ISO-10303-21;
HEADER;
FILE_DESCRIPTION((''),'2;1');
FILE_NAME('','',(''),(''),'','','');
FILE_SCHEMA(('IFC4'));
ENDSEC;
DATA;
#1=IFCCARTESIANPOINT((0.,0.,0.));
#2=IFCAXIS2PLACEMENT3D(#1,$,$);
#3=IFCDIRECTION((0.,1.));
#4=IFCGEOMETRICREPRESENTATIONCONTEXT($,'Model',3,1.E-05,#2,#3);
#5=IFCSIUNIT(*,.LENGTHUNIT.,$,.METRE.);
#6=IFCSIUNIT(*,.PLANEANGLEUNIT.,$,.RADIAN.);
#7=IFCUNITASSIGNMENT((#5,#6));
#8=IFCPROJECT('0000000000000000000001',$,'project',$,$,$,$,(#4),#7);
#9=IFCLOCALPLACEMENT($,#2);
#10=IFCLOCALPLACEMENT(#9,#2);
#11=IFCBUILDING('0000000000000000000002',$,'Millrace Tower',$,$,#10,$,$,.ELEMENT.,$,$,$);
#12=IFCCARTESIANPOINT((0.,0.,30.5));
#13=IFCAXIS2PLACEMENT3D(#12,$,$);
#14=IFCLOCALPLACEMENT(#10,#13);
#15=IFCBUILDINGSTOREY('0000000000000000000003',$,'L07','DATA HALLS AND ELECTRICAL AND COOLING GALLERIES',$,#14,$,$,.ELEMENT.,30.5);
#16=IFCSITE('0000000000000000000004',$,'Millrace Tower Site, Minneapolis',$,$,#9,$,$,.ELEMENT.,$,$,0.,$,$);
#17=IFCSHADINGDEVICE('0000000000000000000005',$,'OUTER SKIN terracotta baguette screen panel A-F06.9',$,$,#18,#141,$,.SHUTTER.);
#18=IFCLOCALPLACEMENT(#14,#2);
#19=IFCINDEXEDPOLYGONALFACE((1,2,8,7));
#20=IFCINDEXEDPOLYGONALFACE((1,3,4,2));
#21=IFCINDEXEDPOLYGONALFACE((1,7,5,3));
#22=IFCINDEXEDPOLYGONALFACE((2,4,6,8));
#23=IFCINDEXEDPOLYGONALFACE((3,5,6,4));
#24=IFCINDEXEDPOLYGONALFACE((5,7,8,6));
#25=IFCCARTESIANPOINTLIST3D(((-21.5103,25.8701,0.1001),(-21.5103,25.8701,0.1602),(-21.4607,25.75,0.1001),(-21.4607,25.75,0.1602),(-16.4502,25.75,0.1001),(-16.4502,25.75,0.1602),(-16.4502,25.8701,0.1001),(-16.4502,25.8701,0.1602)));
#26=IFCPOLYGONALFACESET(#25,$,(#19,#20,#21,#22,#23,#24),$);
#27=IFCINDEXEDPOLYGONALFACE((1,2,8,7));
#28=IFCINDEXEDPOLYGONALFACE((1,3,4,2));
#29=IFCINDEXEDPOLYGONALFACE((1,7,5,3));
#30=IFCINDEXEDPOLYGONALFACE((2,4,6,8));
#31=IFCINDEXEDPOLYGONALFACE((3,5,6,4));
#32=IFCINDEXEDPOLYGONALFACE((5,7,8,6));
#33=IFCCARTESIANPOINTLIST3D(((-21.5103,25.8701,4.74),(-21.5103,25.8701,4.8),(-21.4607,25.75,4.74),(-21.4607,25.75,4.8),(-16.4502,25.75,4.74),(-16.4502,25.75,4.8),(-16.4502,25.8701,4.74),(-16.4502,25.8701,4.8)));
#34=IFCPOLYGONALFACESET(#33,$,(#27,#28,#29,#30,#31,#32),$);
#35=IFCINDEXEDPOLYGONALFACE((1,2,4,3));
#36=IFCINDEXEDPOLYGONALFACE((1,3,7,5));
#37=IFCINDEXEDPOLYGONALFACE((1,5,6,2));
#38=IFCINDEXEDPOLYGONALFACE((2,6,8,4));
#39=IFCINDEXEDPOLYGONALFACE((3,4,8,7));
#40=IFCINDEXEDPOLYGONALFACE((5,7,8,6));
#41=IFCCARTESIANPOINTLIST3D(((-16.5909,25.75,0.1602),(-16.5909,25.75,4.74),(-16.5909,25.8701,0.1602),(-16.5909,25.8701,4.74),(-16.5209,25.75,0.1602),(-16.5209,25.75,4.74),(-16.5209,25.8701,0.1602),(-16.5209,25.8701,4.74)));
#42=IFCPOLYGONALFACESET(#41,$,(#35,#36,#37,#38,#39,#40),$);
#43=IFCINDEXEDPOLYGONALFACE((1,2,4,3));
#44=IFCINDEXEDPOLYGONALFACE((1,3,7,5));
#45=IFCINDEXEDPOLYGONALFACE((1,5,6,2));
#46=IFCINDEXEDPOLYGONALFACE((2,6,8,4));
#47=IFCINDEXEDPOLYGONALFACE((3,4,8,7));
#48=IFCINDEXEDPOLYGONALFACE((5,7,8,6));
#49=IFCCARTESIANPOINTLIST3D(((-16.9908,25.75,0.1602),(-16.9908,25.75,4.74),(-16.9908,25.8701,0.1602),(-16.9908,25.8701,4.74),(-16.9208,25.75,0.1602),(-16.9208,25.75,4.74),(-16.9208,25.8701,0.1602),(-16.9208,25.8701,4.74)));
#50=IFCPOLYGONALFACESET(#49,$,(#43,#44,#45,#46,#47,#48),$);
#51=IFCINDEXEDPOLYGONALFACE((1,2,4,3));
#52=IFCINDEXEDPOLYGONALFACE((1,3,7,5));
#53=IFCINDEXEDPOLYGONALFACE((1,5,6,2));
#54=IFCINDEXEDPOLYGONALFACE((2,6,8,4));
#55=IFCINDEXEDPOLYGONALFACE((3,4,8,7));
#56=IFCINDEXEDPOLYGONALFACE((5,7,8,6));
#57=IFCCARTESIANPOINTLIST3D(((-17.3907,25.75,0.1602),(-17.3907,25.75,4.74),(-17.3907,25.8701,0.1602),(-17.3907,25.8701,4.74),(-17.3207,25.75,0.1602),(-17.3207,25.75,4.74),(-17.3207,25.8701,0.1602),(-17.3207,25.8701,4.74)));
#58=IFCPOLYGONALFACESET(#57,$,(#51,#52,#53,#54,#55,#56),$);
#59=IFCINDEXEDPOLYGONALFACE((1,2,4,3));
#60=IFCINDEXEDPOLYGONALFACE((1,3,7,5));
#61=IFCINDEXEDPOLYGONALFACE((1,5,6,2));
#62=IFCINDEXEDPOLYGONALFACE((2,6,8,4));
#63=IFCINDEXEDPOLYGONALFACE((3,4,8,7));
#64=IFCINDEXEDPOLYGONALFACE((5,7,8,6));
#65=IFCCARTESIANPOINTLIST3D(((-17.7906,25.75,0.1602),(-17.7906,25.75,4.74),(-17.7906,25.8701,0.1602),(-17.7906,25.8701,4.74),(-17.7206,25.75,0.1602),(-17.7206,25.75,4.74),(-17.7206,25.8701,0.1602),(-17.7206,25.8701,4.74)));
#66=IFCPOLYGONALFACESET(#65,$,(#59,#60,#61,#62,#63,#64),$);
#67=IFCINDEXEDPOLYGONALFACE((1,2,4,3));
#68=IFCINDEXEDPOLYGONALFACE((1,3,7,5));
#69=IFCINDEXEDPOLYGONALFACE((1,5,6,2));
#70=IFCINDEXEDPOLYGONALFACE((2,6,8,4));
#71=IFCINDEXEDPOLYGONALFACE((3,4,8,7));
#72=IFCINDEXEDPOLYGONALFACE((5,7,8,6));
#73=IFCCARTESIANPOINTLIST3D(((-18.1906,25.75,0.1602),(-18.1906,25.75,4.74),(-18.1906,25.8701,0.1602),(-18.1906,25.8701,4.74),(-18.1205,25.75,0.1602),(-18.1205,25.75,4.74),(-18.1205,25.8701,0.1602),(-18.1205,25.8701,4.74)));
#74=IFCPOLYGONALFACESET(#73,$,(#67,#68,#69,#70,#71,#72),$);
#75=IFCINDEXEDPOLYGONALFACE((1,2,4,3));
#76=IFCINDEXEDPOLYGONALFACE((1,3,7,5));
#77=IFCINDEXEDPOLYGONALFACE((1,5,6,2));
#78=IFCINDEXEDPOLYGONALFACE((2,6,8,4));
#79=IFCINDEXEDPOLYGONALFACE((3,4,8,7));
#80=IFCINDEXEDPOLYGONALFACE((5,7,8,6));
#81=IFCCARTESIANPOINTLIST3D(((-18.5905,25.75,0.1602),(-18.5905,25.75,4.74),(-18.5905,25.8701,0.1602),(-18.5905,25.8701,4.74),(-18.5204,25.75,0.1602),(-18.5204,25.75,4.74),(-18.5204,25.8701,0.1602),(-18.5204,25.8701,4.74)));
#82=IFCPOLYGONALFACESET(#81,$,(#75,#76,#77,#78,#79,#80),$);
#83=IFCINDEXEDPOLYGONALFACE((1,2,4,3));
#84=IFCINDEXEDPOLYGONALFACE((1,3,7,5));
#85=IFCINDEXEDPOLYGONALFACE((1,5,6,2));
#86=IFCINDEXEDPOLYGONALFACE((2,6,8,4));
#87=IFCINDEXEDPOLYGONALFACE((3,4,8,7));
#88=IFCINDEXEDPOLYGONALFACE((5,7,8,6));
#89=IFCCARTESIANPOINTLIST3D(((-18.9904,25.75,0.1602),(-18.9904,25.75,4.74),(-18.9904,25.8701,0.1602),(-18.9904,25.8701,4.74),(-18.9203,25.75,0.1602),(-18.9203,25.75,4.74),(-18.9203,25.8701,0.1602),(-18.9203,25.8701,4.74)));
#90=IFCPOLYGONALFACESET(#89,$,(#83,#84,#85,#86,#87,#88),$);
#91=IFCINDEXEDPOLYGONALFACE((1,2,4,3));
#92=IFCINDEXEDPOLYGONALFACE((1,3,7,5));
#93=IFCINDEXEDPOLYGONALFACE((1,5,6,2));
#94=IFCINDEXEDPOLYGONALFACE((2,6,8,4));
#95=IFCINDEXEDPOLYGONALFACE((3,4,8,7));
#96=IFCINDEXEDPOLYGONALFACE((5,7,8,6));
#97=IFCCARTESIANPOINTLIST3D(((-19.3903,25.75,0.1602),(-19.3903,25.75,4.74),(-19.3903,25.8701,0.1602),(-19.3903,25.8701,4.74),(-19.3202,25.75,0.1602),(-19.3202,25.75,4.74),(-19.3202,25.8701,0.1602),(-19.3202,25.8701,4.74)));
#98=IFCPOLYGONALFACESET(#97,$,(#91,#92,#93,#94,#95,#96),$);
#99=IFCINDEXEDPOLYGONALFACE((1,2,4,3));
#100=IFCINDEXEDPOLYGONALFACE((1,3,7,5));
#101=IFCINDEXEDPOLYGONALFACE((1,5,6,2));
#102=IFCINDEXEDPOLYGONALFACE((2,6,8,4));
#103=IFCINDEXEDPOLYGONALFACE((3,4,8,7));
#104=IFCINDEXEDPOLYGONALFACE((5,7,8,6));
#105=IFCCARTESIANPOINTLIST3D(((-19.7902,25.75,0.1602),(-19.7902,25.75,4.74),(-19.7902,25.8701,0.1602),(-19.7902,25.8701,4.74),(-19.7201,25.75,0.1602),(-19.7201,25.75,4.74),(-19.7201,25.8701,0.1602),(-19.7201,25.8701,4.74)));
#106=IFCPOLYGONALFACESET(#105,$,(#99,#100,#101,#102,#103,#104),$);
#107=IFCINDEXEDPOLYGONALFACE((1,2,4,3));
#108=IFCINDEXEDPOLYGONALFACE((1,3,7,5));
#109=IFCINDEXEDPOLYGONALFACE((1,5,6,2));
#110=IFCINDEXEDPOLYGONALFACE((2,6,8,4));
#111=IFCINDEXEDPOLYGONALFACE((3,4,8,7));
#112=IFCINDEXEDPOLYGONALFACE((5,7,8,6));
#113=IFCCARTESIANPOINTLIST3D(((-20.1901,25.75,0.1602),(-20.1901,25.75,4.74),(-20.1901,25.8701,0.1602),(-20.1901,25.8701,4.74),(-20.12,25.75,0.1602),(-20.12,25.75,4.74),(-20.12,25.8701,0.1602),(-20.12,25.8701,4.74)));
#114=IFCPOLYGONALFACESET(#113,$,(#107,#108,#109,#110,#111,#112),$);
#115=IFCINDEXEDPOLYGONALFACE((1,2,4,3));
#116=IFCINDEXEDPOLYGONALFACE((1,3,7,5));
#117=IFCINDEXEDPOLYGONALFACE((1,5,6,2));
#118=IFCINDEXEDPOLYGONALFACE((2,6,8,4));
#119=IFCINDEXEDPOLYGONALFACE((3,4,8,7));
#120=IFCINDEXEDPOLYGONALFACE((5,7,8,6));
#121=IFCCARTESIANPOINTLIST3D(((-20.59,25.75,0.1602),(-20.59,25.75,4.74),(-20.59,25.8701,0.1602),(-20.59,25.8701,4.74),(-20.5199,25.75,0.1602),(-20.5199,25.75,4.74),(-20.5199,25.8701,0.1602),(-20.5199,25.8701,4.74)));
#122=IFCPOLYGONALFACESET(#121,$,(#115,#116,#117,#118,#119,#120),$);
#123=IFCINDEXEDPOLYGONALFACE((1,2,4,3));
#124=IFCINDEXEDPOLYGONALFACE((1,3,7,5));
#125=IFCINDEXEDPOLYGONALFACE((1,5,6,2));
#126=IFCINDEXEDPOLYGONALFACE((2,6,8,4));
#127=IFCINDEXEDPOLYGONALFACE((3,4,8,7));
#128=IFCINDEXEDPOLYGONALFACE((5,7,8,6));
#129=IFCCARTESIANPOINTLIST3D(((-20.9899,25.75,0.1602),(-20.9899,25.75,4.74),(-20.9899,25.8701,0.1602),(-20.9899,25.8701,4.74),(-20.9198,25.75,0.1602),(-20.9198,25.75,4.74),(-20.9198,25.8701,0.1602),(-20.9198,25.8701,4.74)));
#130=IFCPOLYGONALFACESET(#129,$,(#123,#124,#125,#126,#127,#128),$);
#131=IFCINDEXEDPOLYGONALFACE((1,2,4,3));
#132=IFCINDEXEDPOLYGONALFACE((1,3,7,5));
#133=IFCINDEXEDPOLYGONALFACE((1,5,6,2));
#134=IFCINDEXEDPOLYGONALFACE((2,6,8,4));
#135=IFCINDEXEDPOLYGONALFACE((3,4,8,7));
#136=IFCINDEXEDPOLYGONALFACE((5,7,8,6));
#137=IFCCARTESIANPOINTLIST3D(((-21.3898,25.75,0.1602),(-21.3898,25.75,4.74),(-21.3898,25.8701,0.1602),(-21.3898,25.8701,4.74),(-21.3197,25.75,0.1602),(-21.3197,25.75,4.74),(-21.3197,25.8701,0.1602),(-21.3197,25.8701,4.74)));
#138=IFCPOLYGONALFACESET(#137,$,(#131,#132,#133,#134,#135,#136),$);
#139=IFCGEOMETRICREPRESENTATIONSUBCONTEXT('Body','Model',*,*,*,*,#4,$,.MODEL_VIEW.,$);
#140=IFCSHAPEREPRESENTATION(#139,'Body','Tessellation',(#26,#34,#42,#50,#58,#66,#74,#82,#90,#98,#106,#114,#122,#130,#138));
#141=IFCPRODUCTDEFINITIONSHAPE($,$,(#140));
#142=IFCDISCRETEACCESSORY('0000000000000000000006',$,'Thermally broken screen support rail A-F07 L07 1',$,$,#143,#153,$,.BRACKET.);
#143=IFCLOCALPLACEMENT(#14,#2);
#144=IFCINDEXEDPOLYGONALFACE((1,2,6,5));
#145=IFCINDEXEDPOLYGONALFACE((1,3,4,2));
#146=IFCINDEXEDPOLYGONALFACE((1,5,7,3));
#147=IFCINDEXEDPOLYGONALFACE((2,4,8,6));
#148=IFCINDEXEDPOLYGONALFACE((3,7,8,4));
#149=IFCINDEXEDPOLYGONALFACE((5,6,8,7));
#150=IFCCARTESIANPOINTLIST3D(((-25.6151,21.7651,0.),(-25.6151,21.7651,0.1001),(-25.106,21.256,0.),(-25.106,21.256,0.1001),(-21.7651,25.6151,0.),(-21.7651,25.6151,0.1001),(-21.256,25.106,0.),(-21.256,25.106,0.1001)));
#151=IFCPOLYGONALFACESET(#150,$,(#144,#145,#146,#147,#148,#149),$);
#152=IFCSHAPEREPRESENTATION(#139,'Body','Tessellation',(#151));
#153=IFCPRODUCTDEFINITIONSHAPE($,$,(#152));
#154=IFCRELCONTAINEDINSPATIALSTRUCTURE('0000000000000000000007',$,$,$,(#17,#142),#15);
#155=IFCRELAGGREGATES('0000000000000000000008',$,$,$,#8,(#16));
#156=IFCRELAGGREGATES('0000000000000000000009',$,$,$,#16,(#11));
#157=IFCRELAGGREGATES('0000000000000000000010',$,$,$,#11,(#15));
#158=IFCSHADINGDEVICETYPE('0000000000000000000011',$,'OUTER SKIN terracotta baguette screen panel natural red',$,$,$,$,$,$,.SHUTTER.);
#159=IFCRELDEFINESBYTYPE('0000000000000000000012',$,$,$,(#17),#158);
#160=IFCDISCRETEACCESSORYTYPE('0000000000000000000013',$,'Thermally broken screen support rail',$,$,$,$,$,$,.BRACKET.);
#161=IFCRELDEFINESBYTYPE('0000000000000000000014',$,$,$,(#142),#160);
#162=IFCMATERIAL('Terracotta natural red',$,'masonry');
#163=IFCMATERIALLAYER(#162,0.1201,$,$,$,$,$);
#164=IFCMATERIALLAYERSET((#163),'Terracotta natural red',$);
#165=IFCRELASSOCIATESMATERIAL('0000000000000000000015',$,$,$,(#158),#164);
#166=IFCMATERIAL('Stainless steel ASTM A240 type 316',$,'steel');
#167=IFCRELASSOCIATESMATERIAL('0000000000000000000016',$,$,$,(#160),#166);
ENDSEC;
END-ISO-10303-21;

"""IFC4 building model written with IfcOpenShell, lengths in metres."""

from ifc_helpers import new_model, entity, si_unit, direction, frame, frame_2d, origin, origin_2d, place, context, subcontext, project, spatial, rectangle, extrude, source, transform, mapped, material, layer, layer_set, type_object, element, save


model = new_model("IFC4")

# Units and contexts
model_context = context("Model", 3, precision=1e-05, world=origin(), true_north=direction((0.0, 1.0)))
body_context = subcontext(model_context, "Body", "Model", "MODEL_VIEW")
ifc_project = project(units=[si_unit("LENGTHUNIT", "METRE"), si_unit("PLANEANGLEUNIT", "RADIAN")], contexts=[model_context])

# Site, building, storey
site_placement = place(None, origin())
site = spatial("IfcSite", under=ifc_project, at=site_placement, Name="Millrace Tower Site, Minneapolis", CompositionType="ELEMENT", RefElevation=0.0)
building_placement = place(site_placement, origin())
building = spatial("IfcBuilding", under=site, at=building_placement, Name="Millrace Tower", CompositionType="ELEMENT")
storey_placement = place(building_placement, frame((0.0, 0.0, 30.5)))
storey = spatial("IfcBuildingStorey", under=building, at=storey_placement, Name="L07", Description="DATA HALLS AND ELECTRICAL AND COOLING GALLERIES", CompositionType="ELEMENT", Elevation=30.5)

# Shading device
ifc_material_1 = material(Name="Terracotta natural red", Category="masonry")
ifc_layer_1 = layer(ifc_material_1, 0.1201)
ifc_layer_set_1 = layer_set([ifc_layer_1], Name="Terracotta natural red")
shading_device_type_1 = type_object("IfcShadingDeviceType", Name="OUTER SKIN terracotta baguette screen panel natural red", PredefinedType="SHUTTER", material=ifc_layer_set_1)
cartesian_point_1 = entity("IfcCartesianPoint", [-2.5176, 0.0601])
shared_polyline_1 = entity("IfcPolyline", [cartesian_point_1, entity("IfcCartesianPoint", [2.4929, 0.0601]), entity("IfcCartesianPoint", [2.5425, -0.0601]), entity("IfcCartesianPoint", [-2.5176, -0.0601]), cartesian_point_1])
shared_shape_1 = source(origin(), body_context, "Body", "SweptSolid", [
    entity("IfcExtrudedAreaSolid", entity("IfcArbitraryClosedProfileDef", "AREA", None, shared_polyline_1), entity("IfcAxis2Placement3D", entity("IfcCartesianPoint", [0.0, 0.0, 0.0])), entity("IfcDirection", [0.0, 0.0, 1.0]), 0.0601),
    entity("IfcExtrudedAreaSolid", entity("IfcArbitraryClosedProfileDef", "AREA", None, shared_polyline_1), entity("IfcAxis2Placement3D", entity("IfcCartesianPoint", [0.0, 0.0, 4.6399])), entity("IfcDirection", [0.0, 0.0, 1.0]), 0.0601),
    extrude(rectangle(XDim=0.0701, YDim=0.1201, at=frame_2d((-2.4119, 0.0))), frame((0.0, 0.0, 0.0601)), (0.0, 0.0, 1.0), 4.5798),
    extrude(rectangle(XDim=0.0701, YDim=0.1201, at=frame_2d((-2.012, 0.0))), frame((0.0, 0.0, 0.0601)), (0.0, 0.0, 1.0), 4.5798),
    extrude(rectangle(XDim=0.0701, YDim=0.1201, at=frame_2d((-1.6121, 0.0))), frame((0.0, 0.0, 0.0601)), (0.0, 0.0, 1.0), 4.5798),
    extrude(rectangle(XDim=0.0701, YDim=0.1201, at=frame_2d((-1.2122, 0.0))), frame((0.0, 0.0, 0.0601)), (0.0, 0.0, 1.0), 4.5798),
    extrude(rectangle(XDim=0.0701, YDim=0.1201, at=frame_2d((-0.8123, 0.0))), frame((0.0, 0.0, 0.0601)), (0.0, 0.0, 1.0), 4.5798),
    extrude(rectangle(XDim=0.0701, YDim=0.1201, at=frame_2d((-0.4124, 0.0))), frame((0.0, 0.0, 0.0601)), (0.0, 0.0, 1.0), 4.5798),
    extrude(rectangle(XDim=0.0701, YDim=0.1201, at=frame_2d((-0.0125, 0.0))), frame((0.0, 0.0, 0.0601)), (0.0, 0.0, 1.0), 4.5798),
    extrude(rectangle(XDim=0.0701, YDim=0.1201, at=frame_2d((0.3875, 0.0))), frame((0.0, 0.0, 0.0601)), (0.0, 0.0, 1.0), 4.5798),
    extrude(rectangle(XDim=0.0701, YDim=0.1201, at=frame_2d((0.7874, 0.0))), frame((0.0, 0.0, 0.0601)), (0.0, 0.0, 1.0), 4.5798),
    extrude(rectangle(XDim=0.0701, YDim=0.1201, at=frame_2d((1.1873, 0.0))), frame((0.0, 0.0, 0.0601)), (0.0, 0.0, 1.0), 4.5798),
    extrude(rectangle(XDim=0.0701, YDim=0.1201, at=frame_2d((1.5872, 0.0))), frame((0.0, 0.0, 0.0601)), (0.0, 0.0, 1.0), 4.5798),
    extrude(rectangle(XDim=0.0701, YDim=0.1201, at=frame_2d((1.9871, 0.0))), frame((0.0, 0.0, 0.0601)), (0.0, 0.0, 1.0), 4.5798),
    extrude(rectangle(XDim=0.0701, YDim=0.1201, at=frame_2d((2.387, 0.0))), frame((0.0, 0.0, 0.0601)), (0.0, 0.0, 1.0), 4.5798),
])
shading_device_1_placement = place(storey_placement, frame((-18.9678, 25.8101, 0.1001), z_axis=(0.0, 0.0, 1.0), x_axis=(-1.0, 0.0, 0.0)))
element("IfcShadingDevice", 1, at=shading_device_1_placement, inside=storey, type_object=shading_device_type_1, Name="OUTER SKIN terracotta baguette screen panel A-F06.9", PredefinedType="SHUTTER", context=body_context, shape_type="MappedRepresentation", body=[
    mapped(shared_shape_1, transform((0.0, 0.0, 0.0), scale=1.0)),
])

# Discrete accessory
ifc_material_2 = material(Name="Stainless steel ASTM A240 type 316", Category="steel")
discrete_accessory_type = type_object("IfcDiscreteAccessoryType", Name="Thermally broken screen support rail", PredefinedType="BRACKET", material=ifc_material_2)
discrete_accessory_placement = place(storey_placement, frame((-23.4355, 23.4355, 0.0), z_axis=(0.0, 0.0, 1.0), x_axis=(-0.707107, -0.707107, 0.0)))
element("IfcDiscreteAccessory", 2, at=discrete_accessory_placement, inside=storey, type_object=discrete_accessory_type, Name="Thermally broken screen support rail A-F07 L07 1", PredefinedType="BRACKET", context=body_context, shape_type="SweptSolid", body=[
    extrude(rectangle(XDim=5.4448, YDim=0.72, at=origin_2d()), origin(), (0.0, 0.0, 1.0), 0.1001),
])

save(model, "model.ifc")
